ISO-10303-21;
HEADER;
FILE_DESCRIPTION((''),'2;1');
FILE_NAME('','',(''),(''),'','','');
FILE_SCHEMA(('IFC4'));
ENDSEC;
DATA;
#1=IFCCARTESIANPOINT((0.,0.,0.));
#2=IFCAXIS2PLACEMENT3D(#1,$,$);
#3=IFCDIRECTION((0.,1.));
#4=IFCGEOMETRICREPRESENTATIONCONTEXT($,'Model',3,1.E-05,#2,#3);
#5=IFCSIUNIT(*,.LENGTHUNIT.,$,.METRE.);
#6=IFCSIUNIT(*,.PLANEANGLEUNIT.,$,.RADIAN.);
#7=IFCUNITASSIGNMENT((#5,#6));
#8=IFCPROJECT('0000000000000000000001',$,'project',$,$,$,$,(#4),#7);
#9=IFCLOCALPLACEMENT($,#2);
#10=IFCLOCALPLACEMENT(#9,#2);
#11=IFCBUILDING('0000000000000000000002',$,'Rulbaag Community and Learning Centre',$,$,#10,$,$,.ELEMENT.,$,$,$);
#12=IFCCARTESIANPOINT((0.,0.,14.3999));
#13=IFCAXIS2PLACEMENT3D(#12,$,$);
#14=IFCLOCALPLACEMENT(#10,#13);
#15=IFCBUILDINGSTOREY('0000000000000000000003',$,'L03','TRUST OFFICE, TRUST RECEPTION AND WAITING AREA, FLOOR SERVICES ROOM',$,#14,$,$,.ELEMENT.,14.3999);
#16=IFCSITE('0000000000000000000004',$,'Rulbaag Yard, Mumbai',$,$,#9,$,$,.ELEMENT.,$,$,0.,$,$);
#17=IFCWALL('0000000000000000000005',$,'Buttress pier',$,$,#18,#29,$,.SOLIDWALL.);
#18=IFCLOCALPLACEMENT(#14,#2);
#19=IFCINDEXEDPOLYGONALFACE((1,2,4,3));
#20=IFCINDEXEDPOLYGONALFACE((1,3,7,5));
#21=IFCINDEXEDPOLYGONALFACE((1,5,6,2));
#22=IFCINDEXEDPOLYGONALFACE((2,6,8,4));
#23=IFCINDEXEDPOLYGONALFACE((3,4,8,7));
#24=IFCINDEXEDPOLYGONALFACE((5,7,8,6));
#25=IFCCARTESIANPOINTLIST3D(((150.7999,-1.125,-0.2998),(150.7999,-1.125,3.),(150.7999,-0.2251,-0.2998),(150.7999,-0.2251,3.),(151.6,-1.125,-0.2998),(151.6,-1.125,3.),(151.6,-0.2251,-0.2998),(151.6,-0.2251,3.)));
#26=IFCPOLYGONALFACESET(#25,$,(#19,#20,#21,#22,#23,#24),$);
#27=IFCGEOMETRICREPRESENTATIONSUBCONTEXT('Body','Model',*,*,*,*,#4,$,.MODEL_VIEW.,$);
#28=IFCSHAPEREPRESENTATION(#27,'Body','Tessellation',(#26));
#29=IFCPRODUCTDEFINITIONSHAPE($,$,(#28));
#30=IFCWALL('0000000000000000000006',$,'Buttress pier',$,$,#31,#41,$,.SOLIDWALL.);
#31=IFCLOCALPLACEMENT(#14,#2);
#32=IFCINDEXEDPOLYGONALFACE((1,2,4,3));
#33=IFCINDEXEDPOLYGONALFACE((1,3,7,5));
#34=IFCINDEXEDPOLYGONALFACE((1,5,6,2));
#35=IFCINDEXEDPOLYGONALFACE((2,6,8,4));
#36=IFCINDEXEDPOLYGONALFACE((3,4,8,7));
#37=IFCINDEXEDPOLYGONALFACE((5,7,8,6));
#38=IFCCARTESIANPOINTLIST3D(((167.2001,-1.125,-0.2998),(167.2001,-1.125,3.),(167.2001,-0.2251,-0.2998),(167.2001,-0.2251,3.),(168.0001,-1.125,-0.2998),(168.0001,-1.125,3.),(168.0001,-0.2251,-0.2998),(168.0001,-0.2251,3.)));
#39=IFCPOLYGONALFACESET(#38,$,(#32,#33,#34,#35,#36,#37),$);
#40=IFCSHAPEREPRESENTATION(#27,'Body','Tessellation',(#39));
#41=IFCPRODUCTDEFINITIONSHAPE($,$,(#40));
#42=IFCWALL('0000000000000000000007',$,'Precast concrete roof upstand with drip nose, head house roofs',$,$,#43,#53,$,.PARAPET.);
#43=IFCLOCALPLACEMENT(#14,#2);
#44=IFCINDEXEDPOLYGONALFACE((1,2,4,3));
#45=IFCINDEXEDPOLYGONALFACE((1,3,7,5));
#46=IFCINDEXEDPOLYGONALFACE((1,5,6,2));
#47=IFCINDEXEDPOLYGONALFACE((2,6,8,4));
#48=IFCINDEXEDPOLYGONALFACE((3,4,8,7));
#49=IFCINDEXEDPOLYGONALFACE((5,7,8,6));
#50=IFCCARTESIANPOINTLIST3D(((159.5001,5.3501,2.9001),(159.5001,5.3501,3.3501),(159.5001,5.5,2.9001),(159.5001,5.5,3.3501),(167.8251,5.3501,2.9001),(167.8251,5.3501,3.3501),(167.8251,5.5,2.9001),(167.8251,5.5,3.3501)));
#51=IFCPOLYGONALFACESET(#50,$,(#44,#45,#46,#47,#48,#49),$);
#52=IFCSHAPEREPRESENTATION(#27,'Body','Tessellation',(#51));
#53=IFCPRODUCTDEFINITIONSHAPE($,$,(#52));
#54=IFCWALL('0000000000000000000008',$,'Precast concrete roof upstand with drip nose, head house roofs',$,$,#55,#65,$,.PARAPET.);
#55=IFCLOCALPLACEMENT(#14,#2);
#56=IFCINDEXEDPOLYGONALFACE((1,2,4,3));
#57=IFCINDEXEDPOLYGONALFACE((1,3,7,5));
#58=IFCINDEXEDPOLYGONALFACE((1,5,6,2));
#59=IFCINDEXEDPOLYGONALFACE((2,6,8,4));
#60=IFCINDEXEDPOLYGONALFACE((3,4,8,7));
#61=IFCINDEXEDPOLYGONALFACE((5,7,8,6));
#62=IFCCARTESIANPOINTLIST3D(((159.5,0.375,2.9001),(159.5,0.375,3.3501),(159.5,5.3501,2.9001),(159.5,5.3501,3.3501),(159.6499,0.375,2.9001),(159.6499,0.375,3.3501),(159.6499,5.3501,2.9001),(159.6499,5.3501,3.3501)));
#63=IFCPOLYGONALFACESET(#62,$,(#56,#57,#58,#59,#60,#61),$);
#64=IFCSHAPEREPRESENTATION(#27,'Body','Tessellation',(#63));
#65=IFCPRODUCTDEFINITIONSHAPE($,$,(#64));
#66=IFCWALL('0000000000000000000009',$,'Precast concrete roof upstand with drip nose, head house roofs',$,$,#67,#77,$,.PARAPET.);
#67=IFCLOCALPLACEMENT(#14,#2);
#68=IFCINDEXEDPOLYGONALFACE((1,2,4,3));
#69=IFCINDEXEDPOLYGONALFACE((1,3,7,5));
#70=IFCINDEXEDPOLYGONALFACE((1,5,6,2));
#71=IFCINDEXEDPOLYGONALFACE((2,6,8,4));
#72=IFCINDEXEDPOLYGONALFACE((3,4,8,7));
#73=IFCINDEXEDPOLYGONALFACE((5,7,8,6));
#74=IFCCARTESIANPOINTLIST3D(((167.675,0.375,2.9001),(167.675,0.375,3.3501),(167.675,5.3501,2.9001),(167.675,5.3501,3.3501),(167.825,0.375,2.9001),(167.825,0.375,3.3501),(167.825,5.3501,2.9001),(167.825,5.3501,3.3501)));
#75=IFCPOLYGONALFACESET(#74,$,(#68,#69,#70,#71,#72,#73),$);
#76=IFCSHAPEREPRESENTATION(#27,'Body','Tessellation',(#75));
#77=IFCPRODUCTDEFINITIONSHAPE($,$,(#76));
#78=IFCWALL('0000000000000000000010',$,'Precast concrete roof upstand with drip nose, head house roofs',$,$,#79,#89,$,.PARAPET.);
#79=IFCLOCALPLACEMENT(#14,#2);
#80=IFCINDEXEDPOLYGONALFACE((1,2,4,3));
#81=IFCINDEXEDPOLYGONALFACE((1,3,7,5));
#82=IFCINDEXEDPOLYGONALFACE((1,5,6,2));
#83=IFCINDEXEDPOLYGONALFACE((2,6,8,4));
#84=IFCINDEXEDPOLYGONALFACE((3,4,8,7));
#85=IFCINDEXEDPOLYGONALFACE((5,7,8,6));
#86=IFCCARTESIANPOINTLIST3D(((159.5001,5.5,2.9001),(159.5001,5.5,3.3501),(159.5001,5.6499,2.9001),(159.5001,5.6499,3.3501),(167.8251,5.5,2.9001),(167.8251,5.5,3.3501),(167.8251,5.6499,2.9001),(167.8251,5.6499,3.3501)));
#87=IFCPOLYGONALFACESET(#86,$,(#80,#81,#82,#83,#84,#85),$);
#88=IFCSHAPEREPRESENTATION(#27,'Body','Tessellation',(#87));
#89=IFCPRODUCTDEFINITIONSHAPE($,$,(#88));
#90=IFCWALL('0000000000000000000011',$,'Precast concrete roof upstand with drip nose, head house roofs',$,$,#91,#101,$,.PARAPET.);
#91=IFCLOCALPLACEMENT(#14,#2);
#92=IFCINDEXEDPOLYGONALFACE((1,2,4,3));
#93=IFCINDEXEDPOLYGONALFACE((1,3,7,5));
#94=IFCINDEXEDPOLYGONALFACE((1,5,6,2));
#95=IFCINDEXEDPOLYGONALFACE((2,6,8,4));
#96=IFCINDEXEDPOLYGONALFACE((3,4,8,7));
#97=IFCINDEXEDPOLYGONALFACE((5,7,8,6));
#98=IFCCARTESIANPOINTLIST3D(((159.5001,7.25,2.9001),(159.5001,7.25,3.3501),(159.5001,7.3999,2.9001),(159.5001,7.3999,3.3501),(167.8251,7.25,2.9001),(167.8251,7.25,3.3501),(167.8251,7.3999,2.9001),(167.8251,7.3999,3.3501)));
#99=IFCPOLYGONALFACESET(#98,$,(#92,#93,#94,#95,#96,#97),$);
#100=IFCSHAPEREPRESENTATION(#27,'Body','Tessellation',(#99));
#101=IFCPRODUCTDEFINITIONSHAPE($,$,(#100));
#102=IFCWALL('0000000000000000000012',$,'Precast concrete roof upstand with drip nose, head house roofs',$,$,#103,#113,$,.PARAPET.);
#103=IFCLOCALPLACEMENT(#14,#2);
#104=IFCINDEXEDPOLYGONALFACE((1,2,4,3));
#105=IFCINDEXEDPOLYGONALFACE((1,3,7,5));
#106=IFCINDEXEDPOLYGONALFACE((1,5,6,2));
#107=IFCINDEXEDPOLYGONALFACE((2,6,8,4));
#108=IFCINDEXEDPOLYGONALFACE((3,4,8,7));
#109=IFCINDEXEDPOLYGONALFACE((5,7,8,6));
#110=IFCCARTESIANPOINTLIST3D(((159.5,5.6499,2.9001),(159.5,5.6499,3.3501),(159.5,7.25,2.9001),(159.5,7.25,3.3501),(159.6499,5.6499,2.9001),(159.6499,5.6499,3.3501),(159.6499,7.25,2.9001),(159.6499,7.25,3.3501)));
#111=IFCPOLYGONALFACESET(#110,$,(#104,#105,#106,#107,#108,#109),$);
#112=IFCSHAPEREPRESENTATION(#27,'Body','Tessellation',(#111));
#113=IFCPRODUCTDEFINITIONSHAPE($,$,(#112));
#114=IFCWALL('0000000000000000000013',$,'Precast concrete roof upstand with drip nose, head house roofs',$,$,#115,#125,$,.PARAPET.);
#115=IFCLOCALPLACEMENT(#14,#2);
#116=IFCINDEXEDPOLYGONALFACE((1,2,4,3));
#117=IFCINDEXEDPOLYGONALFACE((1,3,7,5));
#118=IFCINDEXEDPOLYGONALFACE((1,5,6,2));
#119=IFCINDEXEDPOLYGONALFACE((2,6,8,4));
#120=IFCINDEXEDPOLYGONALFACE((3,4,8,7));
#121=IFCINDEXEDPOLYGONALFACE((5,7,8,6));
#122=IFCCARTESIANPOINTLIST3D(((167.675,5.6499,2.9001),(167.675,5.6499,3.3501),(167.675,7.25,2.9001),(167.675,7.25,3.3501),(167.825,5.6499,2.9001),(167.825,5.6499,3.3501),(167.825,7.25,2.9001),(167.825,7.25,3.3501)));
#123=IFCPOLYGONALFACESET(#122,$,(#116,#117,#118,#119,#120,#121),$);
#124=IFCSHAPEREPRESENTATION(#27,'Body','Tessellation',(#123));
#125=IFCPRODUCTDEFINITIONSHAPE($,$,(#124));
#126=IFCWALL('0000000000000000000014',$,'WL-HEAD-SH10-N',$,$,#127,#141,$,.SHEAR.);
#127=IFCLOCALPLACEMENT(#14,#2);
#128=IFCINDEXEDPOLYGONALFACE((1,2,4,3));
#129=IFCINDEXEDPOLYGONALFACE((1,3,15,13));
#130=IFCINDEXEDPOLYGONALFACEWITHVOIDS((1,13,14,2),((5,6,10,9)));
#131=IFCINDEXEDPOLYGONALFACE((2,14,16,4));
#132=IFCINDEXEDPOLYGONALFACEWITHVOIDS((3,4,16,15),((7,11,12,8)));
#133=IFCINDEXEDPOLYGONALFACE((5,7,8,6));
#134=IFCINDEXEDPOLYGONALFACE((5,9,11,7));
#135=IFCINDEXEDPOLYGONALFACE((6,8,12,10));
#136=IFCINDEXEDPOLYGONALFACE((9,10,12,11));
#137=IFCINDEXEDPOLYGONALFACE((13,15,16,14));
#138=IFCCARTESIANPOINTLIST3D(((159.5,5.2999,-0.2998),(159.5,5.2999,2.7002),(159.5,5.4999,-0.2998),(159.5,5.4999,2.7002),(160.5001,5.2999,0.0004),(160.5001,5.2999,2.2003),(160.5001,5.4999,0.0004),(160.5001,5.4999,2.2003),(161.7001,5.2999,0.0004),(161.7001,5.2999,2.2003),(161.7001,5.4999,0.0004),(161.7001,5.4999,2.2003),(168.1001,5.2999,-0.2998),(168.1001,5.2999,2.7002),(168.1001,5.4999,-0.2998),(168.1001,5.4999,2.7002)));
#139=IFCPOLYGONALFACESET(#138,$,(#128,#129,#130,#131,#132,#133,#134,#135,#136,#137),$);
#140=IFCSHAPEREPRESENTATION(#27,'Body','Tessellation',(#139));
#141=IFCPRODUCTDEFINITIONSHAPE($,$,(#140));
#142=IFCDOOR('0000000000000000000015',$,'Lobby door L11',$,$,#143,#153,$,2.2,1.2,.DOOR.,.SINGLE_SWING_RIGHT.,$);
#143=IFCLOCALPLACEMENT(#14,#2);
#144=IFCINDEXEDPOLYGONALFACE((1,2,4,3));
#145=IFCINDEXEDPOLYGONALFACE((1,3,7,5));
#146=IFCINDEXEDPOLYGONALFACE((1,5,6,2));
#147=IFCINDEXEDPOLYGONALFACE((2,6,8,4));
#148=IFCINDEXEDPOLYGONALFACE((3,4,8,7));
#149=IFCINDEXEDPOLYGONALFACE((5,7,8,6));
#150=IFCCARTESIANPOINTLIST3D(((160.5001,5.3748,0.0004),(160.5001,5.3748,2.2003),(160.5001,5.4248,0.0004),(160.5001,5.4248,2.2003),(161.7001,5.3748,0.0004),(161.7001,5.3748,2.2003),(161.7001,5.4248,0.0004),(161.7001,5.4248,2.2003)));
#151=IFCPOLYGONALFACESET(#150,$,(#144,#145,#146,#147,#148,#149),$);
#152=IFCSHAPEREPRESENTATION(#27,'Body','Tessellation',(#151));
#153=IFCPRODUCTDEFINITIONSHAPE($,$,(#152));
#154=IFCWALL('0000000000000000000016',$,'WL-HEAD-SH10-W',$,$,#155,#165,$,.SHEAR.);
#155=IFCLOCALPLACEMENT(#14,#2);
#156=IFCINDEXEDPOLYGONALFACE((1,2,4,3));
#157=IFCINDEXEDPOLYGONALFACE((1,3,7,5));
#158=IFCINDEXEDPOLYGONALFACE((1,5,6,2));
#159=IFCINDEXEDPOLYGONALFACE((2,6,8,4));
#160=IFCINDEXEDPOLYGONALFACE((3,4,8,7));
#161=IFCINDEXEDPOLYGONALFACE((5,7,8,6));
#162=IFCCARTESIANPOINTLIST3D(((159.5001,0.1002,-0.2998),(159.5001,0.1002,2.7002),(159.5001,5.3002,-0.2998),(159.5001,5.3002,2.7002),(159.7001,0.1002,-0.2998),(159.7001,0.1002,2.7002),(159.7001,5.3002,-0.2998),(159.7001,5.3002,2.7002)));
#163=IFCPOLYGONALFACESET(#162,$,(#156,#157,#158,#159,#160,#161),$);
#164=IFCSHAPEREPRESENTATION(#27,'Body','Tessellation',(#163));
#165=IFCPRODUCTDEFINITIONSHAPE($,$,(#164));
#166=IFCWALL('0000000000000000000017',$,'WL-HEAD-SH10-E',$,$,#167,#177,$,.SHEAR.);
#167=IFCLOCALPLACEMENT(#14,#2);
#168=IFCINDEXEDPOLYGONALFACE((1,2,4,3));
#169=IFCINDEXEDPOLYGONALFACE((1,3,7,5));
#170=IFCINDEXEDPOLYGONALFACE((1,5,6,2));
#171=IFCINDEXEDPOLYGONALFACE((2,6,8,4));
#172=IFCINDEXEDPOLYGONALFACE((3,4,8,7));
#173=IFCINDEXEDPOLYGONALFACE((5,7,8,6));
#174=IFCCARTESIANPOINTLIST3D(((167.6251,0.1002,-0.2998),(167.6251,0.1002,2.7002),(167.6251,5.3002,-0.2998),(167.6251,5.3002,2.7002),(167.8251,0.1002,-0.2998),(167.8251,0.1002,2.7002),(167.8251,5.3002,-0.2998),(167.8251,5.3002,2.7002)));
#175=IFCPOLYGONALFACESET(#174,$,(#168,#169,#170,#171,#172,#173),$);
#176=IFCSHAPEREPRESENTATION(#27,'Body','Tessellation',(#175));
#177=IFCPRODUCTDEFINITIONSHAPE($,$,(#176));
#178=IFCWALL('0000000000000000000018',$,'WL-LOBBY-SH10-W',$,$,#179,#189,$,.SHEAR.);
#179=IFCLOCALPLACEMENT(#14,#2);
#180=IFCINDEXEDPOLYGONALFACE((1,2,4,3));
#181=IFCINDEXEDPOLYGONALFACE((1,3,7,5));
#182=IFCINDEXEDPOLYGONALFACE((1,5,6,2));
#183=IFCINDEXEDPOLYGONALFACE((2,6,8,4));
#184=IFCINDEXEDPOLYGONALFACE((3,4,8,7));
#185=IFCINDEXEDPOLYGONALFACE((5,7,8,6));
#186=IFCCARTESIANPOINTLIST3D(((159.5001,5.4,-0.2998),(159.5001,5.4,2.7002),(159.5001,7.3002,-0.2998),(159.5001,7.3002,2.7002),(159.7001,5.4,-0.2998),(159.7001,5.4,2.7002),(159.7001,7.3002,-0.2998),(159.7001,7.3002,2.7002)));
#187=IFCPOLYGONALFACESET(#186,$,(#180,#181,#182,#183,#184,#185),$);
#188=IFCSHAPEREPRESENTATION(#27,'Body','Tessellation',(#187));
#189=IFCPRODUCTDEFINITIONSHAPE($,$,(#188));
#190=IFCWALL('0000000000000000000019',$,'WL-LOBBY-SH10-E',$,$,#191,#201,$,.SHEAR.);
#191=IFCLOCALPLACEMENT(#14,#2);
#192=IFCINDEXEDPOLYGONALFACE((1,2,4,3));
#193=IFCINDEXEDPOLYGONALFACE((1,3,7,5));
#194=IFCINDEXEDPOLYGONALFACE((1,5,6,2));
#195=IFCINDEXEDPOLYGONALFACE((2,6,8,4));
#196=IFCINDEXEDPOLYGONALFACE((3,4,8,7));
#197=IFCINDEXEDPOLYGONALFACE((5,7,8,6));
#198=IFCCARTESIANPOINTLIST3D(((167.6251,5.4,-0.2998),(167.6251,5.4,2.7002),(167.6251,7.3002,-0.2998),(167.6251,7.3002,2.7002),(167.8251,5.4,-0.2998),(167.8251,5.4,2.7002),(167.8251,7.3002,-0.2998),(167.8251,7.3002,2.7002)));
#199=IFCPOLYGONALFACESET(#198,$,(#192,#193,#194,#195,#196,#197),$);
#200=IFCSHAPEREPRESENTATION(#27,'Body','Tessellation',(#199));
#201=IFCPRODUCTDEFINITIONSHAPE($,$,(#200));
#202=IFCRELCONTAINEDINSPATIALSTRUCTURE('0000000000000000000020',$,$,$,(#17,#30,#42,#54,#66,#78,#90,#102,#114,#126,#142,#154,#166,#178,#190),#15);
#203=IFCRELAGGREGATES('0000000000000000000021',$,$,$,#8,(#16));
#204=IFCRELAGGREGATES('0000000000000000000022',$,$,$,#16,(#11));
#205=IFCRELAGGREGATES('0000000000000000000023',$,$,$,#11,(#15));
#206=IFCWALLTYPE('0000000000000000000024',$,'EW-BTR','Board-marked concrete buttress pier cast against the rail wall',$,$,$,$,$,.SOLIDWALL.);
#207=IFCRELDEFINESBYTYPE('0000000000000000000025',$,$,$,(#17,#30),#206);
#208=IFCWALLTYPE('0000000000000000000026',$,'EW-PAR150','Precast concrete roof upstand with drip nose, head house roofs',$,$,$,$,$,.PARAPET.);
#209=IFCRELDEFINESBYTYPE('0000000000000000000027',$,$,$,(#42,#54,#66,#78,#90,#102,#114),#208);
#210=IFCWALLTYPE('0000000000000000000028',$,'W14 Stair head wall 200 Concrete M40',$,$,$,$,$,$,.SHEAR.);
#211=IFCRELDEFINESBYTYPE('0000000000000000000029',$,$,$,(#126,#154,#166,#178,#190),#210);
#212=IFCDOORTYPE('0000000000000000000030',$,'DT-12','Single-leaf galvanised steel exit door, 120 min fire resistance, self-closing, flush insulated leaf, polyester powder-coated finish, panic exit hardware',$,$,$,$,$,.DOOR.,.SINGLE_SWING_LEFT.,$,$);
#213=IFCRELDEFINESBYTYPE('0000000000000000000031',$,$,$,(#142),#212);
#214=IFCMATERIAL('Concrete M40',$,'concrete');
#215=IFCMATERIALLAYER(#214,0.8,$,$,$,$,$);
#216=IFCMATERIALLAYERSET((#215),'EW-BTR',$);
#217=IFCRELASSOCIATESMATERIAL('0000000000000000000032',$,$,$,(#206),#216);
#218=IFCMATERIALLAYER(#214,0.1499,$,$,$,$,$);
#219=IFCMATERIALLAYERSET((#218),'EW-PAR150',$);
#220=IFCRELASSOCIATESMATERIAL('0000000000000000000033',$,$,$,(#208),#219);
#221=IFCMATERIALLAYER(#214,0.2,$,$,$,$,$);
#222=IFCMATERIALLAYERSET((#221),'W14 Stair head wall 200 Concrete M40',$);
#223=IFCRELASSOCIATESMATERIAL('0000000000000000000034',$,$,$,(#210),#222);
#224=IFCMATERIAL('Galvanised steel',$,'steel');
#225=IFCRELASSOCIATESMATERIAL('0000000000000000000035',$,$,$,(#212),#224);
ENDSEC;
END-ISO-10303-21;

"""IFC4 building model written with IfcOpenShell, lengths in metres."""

from ifc_helpers import new_model, si_unit, direction, frame, frame_2d, origin, place, context, subcontext, project, spatial, rectangle, extrude, material, layer, layer_set, type_object, element, fill, save


model = new_model("IFC4")

# Units and contexts
model_context = context("Model", 3, precision=1e-05, world=origin(), true_north=direction((0.0, 1.0)))
body_context = subcontext(model_context, "Body", "Model", "MODEL_VIEW")
ifc_project = project(units=[si_unit("LENGTHUNIT", "METRE"), si_unit("PLANEANGLEUNIT", "RADIAN")], contexts=[model_context])

# Site, building, storey
site_placement = place(None, origin())
site = spatial("IfcSite", under=ifc_project, at=site_placement, Name="Rulbaag Yard, Mumbai", CompositionType="ELEMENT", RefElevation=0.0)
building_placement = place(site_placement, origin())
building = spatial("IfcBuilding", under=site, at=building_placement, Name="Rulbaag Community and Learning Centre", CompositionType="ELEMENT")
storey_placement = place(building_placement, frame((0.0, 0.0, 14.3999)))
storey = spatial("IfcBuildingStorey", under=building, at=storey_placement, Name="L03", Description="TRUST OFFICE, TRUST RECEPTION AND WAITING AREA, FLOOR SERVICES ROOM", CompositionType="ELEMENT", Elevation=14.3999)

# Shared definitions
ifc_material_1 = material(Name="Concrete M40", Category="concrete")

# Walls
ifc_layer_1 = layer(ifc_material_1, 0.8)
ifc_layer_set_1 = layer_set([ifc_layer_1], Name="EW-BTR")
wall_type_1 = type_object("IfcWallType", Name="EW-BTR", Description="Board-marked concrete buttress pier cast against the rail wall", PredefinedType="SOLIDWALL", material=ifc_layer_set_1)
for number, where, z_axis, x_axis, name in (
    (1, (151.2, -0.2251, -0.2998), (0.0, 0.0, 1.0), (0.0, -1.0, 0.0), "Buttress pier"),
    (2, (167.6001, -0.2251, -0.2998), (0.0, 0.0, 1.0), (0.0, -1.0, 0.0), "Buttress pier"),
):
    element("IfcWall", number, at=place(storey_placement, frame(where, z_axis=z_axis, x_axis=x_axis)), inside=storey, type_object=wall_type_1, Name=name, PredefinedType="SOLIDWALL", context=body_context, shape_type="SweptSolid", body=[
        extrude(rectangle(XDim=0.8999, YDim=0.8, at=frame_2d((0.45, 0.0))), origin(), (0.0, 0.0, 1.0), 3.2998),
    ])
ifc_layer_2 = layer(ifc_material_1, 0.1499)
ifc_layer_set_2 = layer_set([ifc_layer_2], Name="EW-PAR150")
wall_type_2 = type_object("IfcWallType", Name="EW-PAR150", Description="Precast concrete roof upstand with drip nose, head house roofs", PredefinedType="PARAPET", material=ifc_layer_set_2)
wall_1_placement = place(storey_placement, frame((159.5, 5.425, 2.9001), z_axis=(0.0, 0.0, 1.0), x_axis=(1.0, 0.0, 0.0)))
element("IfcWall", 3, at=wall_1_placement, inside=storey, type_object=wall_type_2, Name="Precast concrete roof upstand with drip nose, head house roofs", PredefinedType="PARAPET", context=body_context, shape_type="SweptSolid", body=[
    extrude(rectangle(XDim=8.325, YDim=0.1499, at=frame_2d((4.1626, 0.0))), origin(), (0.0, 0.0, 1.0), 0.45),
])
for number, where, z_axis, x_axis, name in (
    (4, (159.575, 0.375, 2.9001), (0.0, 0.0, 1.0), (0.0, 1.0, 0.0), "Precast concrete roof upstand with drip nose, head house roofs"),
    (5, (167.75, 0.375, 2.9001), (0.0, 0.0, 1.0), (0.0, 1.0, 0.0), "Precast concrete roof upstand with drip nose, head house roofs"),
):
    element("IfcWall", number, at=place(storey_placement, frame(where, z_axis=z_axis, x_axis=x_axis)), inside=storey, type_object=wall_type_2, Name=name, PredefinedType="PARAPET", context=body_context, shape_type="SweptSolid", body=[
        extrude(rectangle(XDim=4.9751, YDim=0.1499, at=frame_2d((2.4875, 0.0))), origin(), (0.0, 0.0, 1.0), 0.45),
    ])
for number, where, z_axis, x_axis, name in (
    (6, (159.5, 5.575, 2.9001), (0.0, 0.0, 1.0), (1.0, 0.0, 0.0), "Precast concrete roof upstand with drip nose, head house roofs"),
    (7, (159.5, 7.325, 2.9001), (0.0, 0.0, 1.0), (1.0, 0.0, 0.0), "Precast concrete roof upstand with drip nose, head house roofs"),
):
    element("IfcWall", number, at=place(storey_placement, frame(where, z_axis=z_axis, x_axis=x_axis)), inside=storey, type_object=wall_type_2, Name=name, PredefinedType="PARAPET", context=body_context, shape_type="SweptSolid", body=[
        extrude(rectangle(XDim=8.325, YDim=0.1499, at=frame_2d((4.1626, 0.0))), origin(), (0.0, 0.0, 1.0), 0.45),
    ])
for number, where, z_axis, x_axis, name in (
    (8, (159.575, 5.6499, 2.9001), (0.0, 0.0, 1.0), (0.0, 1.0, 0.0), "Precast concrete roof upstand with drip nose, head house roofs"),
    (9, (167.75, 5.6499, 2.9001), (0.0, 0.0, 1.0), (0.0, 1.0, 0.0), "Precast concrete roof upstand with drip nose, head house roofs"),
):
    element("IfcWall", number, at=place(storey_placement, frame(where, z_axis=z_axis, x_axis=x_axis)), inside=storey, type_object=wall_type_2, Name=name, PredefinedType="PARAPET", context=body_context, shape_type="SweptSolid", body=[
        extrude(rectangle(XDim=1.6001, YDim=0.1499, at=frame_2d((0.8, 0.0))), origin(), (0.0, 0.0, 1.0), 0.45),
    ])

# Wall, opening, door
ifc_layer_3 = layer(ifc_material_1, 0.2)
ifc_layer_set_3 = layer_set([ifc_layer_3], Name="W14 Stair head wall 200 Concrete M40")
wall_type_3 = type_object("IfcWallType", Name="W14 Stair head wall 200 Concrete M40", PredefinedType="SHEAR", material=ifc_layer_set_3)
wall_2_placement = place(storey_placement, frame((159.5, 5.3999, -0.2998), z_axis=(0.0, 0.0, 1.0), x_axis=(1.0, 0.0, 0.0)))
wall_2 = element("IfcWall", 10, at=wall_2_placement, inside=storey, type_object=wall_type_3, Name="WL-HEAD-SH10-N", PredefinedType="SHEAR", context=body_context, shape_type="SweptSolid", body=[
    extrude(rectangle(XDim=8.6001, YDim=0.2, at=frame_2d((4.3, 0.0))), origin(), (0.0, 0.0, 1.0), 3.0),
])
opening_1_placement = place(wall_2_placement, frame((1.0, 0.0, 0.3)))
opening_1 = element("IfcOpeningElement", 11, at=opening_1_placement, cuts=wall_2, PredefinedType="OPENING", context=body_context, shape_type="SweptSolid", body=[
    extrude(rectangle(XDim=1.2, YDim=2.2, at=frame_2d((0.6001, 1.1001))), frame((0.0, 0.1099, 0.0), z_axis=(0.0, -1.0, 0.0), x_axis=(1.0, 0.0, 0.0)), (0.0, 0.0, 1.0), 0.22),
])
ifc_material_2 = material(Name="Galvanised steel", Category="steel")
door_type_1 = type_object("IfcDoorType", Name="DT-12", Description="Single-leaf galvanised steel exit door, 120 min fire resistance, self-closing, flush insulated leaf, polyester powder-coated finish, panic exit hardware", OperationType="SINGLE_SWING_LEFT", PredefinedType="DOOR", material=ifc_material_2)
door_1_placement = place(opening_1_placement, origin())
door_1 = element("IfcDoor", 12, at=door_1_placement, inside=storey, type_object=door_type_1, Name="Lobby door L11", OperationType="SINGLE_SWING_RIGHT", OverallHeight=2.2, OverallWidth=1.2, PredefinedType="DOOR", context=body_context, shape_type="SweptSolid", body=[
    extrude(rectangle(XDim=1.2, YDim=2.2, at=frame_2d((0.6001, 1.1001))), frame((0.0, 0.0249, 0.0), z_axis=(0.0, -1.0, 0.0), x_axis=(1.0, 0.0, 0.0)), (0.0, 0.0, 1.0), 0.05),
])
fill(opening_1, door_1)

# Walls
for number, where, z_axis, x_axis, name in (
    (13, (159.6001, 0.1001, -0.2998), (0.0, 0.0, 1.0), (0.0, 1.0, 0.0), "WL-HEAD-SH10-W"),
    (14, (167.7251, 0.1001, -0.2998), (0.0, 0.0, 1.0), (0.0, 1.0, 0.0), "WL-HEAD-SH10-E"),
):
    element("IfcWall", number, at=place(storey_placement, frame(where, z_axis=z_axis, x_axis=x_axis)), inside=storey, type_object=wall_type_3, Name=name, PredefinedType="SHEAR", context=body_context, shape_type="SweptSolid", body=[
        extrude(rectangle(XDim=5.2, YDim=0.2, at=frame_2d((2.6001, 0.0))), origin(), (0.0, 0.0, 1.0), 3.0),
    ])
for number, where, z_axis, x_axis, name in (
    (15, (159.6001, 5.3999, -0.2998), (0.0, 0.0, 1.0), (0.0, 1.0, 0.0), "WL-LOBBY-SH10-W"),
    (16, (167.7251, 5.3999, -0.2998), (0.0, 0.0, 1.0), (0.0, 1.0, 0.0), "WL-LOBBY-SH10-E"),
):
    element("IfcWall", number, at=place(storey_placement, frame(where, z_axis=z_axis, x_axis=x_axis)), inside=storey, type_object=wall_type_3, Name=name, PredefinedType="SHEAR", context=body_context, shape_type="SweptSolid", body=[
        extrude(rectangle(XDim=1.9001, YDim=0.2, at=frame_2d((0.9502, 0.0))), origin(), (0.0, 0.0, 1.0), 3.0),
    ])

save(model, "model.ifc")
